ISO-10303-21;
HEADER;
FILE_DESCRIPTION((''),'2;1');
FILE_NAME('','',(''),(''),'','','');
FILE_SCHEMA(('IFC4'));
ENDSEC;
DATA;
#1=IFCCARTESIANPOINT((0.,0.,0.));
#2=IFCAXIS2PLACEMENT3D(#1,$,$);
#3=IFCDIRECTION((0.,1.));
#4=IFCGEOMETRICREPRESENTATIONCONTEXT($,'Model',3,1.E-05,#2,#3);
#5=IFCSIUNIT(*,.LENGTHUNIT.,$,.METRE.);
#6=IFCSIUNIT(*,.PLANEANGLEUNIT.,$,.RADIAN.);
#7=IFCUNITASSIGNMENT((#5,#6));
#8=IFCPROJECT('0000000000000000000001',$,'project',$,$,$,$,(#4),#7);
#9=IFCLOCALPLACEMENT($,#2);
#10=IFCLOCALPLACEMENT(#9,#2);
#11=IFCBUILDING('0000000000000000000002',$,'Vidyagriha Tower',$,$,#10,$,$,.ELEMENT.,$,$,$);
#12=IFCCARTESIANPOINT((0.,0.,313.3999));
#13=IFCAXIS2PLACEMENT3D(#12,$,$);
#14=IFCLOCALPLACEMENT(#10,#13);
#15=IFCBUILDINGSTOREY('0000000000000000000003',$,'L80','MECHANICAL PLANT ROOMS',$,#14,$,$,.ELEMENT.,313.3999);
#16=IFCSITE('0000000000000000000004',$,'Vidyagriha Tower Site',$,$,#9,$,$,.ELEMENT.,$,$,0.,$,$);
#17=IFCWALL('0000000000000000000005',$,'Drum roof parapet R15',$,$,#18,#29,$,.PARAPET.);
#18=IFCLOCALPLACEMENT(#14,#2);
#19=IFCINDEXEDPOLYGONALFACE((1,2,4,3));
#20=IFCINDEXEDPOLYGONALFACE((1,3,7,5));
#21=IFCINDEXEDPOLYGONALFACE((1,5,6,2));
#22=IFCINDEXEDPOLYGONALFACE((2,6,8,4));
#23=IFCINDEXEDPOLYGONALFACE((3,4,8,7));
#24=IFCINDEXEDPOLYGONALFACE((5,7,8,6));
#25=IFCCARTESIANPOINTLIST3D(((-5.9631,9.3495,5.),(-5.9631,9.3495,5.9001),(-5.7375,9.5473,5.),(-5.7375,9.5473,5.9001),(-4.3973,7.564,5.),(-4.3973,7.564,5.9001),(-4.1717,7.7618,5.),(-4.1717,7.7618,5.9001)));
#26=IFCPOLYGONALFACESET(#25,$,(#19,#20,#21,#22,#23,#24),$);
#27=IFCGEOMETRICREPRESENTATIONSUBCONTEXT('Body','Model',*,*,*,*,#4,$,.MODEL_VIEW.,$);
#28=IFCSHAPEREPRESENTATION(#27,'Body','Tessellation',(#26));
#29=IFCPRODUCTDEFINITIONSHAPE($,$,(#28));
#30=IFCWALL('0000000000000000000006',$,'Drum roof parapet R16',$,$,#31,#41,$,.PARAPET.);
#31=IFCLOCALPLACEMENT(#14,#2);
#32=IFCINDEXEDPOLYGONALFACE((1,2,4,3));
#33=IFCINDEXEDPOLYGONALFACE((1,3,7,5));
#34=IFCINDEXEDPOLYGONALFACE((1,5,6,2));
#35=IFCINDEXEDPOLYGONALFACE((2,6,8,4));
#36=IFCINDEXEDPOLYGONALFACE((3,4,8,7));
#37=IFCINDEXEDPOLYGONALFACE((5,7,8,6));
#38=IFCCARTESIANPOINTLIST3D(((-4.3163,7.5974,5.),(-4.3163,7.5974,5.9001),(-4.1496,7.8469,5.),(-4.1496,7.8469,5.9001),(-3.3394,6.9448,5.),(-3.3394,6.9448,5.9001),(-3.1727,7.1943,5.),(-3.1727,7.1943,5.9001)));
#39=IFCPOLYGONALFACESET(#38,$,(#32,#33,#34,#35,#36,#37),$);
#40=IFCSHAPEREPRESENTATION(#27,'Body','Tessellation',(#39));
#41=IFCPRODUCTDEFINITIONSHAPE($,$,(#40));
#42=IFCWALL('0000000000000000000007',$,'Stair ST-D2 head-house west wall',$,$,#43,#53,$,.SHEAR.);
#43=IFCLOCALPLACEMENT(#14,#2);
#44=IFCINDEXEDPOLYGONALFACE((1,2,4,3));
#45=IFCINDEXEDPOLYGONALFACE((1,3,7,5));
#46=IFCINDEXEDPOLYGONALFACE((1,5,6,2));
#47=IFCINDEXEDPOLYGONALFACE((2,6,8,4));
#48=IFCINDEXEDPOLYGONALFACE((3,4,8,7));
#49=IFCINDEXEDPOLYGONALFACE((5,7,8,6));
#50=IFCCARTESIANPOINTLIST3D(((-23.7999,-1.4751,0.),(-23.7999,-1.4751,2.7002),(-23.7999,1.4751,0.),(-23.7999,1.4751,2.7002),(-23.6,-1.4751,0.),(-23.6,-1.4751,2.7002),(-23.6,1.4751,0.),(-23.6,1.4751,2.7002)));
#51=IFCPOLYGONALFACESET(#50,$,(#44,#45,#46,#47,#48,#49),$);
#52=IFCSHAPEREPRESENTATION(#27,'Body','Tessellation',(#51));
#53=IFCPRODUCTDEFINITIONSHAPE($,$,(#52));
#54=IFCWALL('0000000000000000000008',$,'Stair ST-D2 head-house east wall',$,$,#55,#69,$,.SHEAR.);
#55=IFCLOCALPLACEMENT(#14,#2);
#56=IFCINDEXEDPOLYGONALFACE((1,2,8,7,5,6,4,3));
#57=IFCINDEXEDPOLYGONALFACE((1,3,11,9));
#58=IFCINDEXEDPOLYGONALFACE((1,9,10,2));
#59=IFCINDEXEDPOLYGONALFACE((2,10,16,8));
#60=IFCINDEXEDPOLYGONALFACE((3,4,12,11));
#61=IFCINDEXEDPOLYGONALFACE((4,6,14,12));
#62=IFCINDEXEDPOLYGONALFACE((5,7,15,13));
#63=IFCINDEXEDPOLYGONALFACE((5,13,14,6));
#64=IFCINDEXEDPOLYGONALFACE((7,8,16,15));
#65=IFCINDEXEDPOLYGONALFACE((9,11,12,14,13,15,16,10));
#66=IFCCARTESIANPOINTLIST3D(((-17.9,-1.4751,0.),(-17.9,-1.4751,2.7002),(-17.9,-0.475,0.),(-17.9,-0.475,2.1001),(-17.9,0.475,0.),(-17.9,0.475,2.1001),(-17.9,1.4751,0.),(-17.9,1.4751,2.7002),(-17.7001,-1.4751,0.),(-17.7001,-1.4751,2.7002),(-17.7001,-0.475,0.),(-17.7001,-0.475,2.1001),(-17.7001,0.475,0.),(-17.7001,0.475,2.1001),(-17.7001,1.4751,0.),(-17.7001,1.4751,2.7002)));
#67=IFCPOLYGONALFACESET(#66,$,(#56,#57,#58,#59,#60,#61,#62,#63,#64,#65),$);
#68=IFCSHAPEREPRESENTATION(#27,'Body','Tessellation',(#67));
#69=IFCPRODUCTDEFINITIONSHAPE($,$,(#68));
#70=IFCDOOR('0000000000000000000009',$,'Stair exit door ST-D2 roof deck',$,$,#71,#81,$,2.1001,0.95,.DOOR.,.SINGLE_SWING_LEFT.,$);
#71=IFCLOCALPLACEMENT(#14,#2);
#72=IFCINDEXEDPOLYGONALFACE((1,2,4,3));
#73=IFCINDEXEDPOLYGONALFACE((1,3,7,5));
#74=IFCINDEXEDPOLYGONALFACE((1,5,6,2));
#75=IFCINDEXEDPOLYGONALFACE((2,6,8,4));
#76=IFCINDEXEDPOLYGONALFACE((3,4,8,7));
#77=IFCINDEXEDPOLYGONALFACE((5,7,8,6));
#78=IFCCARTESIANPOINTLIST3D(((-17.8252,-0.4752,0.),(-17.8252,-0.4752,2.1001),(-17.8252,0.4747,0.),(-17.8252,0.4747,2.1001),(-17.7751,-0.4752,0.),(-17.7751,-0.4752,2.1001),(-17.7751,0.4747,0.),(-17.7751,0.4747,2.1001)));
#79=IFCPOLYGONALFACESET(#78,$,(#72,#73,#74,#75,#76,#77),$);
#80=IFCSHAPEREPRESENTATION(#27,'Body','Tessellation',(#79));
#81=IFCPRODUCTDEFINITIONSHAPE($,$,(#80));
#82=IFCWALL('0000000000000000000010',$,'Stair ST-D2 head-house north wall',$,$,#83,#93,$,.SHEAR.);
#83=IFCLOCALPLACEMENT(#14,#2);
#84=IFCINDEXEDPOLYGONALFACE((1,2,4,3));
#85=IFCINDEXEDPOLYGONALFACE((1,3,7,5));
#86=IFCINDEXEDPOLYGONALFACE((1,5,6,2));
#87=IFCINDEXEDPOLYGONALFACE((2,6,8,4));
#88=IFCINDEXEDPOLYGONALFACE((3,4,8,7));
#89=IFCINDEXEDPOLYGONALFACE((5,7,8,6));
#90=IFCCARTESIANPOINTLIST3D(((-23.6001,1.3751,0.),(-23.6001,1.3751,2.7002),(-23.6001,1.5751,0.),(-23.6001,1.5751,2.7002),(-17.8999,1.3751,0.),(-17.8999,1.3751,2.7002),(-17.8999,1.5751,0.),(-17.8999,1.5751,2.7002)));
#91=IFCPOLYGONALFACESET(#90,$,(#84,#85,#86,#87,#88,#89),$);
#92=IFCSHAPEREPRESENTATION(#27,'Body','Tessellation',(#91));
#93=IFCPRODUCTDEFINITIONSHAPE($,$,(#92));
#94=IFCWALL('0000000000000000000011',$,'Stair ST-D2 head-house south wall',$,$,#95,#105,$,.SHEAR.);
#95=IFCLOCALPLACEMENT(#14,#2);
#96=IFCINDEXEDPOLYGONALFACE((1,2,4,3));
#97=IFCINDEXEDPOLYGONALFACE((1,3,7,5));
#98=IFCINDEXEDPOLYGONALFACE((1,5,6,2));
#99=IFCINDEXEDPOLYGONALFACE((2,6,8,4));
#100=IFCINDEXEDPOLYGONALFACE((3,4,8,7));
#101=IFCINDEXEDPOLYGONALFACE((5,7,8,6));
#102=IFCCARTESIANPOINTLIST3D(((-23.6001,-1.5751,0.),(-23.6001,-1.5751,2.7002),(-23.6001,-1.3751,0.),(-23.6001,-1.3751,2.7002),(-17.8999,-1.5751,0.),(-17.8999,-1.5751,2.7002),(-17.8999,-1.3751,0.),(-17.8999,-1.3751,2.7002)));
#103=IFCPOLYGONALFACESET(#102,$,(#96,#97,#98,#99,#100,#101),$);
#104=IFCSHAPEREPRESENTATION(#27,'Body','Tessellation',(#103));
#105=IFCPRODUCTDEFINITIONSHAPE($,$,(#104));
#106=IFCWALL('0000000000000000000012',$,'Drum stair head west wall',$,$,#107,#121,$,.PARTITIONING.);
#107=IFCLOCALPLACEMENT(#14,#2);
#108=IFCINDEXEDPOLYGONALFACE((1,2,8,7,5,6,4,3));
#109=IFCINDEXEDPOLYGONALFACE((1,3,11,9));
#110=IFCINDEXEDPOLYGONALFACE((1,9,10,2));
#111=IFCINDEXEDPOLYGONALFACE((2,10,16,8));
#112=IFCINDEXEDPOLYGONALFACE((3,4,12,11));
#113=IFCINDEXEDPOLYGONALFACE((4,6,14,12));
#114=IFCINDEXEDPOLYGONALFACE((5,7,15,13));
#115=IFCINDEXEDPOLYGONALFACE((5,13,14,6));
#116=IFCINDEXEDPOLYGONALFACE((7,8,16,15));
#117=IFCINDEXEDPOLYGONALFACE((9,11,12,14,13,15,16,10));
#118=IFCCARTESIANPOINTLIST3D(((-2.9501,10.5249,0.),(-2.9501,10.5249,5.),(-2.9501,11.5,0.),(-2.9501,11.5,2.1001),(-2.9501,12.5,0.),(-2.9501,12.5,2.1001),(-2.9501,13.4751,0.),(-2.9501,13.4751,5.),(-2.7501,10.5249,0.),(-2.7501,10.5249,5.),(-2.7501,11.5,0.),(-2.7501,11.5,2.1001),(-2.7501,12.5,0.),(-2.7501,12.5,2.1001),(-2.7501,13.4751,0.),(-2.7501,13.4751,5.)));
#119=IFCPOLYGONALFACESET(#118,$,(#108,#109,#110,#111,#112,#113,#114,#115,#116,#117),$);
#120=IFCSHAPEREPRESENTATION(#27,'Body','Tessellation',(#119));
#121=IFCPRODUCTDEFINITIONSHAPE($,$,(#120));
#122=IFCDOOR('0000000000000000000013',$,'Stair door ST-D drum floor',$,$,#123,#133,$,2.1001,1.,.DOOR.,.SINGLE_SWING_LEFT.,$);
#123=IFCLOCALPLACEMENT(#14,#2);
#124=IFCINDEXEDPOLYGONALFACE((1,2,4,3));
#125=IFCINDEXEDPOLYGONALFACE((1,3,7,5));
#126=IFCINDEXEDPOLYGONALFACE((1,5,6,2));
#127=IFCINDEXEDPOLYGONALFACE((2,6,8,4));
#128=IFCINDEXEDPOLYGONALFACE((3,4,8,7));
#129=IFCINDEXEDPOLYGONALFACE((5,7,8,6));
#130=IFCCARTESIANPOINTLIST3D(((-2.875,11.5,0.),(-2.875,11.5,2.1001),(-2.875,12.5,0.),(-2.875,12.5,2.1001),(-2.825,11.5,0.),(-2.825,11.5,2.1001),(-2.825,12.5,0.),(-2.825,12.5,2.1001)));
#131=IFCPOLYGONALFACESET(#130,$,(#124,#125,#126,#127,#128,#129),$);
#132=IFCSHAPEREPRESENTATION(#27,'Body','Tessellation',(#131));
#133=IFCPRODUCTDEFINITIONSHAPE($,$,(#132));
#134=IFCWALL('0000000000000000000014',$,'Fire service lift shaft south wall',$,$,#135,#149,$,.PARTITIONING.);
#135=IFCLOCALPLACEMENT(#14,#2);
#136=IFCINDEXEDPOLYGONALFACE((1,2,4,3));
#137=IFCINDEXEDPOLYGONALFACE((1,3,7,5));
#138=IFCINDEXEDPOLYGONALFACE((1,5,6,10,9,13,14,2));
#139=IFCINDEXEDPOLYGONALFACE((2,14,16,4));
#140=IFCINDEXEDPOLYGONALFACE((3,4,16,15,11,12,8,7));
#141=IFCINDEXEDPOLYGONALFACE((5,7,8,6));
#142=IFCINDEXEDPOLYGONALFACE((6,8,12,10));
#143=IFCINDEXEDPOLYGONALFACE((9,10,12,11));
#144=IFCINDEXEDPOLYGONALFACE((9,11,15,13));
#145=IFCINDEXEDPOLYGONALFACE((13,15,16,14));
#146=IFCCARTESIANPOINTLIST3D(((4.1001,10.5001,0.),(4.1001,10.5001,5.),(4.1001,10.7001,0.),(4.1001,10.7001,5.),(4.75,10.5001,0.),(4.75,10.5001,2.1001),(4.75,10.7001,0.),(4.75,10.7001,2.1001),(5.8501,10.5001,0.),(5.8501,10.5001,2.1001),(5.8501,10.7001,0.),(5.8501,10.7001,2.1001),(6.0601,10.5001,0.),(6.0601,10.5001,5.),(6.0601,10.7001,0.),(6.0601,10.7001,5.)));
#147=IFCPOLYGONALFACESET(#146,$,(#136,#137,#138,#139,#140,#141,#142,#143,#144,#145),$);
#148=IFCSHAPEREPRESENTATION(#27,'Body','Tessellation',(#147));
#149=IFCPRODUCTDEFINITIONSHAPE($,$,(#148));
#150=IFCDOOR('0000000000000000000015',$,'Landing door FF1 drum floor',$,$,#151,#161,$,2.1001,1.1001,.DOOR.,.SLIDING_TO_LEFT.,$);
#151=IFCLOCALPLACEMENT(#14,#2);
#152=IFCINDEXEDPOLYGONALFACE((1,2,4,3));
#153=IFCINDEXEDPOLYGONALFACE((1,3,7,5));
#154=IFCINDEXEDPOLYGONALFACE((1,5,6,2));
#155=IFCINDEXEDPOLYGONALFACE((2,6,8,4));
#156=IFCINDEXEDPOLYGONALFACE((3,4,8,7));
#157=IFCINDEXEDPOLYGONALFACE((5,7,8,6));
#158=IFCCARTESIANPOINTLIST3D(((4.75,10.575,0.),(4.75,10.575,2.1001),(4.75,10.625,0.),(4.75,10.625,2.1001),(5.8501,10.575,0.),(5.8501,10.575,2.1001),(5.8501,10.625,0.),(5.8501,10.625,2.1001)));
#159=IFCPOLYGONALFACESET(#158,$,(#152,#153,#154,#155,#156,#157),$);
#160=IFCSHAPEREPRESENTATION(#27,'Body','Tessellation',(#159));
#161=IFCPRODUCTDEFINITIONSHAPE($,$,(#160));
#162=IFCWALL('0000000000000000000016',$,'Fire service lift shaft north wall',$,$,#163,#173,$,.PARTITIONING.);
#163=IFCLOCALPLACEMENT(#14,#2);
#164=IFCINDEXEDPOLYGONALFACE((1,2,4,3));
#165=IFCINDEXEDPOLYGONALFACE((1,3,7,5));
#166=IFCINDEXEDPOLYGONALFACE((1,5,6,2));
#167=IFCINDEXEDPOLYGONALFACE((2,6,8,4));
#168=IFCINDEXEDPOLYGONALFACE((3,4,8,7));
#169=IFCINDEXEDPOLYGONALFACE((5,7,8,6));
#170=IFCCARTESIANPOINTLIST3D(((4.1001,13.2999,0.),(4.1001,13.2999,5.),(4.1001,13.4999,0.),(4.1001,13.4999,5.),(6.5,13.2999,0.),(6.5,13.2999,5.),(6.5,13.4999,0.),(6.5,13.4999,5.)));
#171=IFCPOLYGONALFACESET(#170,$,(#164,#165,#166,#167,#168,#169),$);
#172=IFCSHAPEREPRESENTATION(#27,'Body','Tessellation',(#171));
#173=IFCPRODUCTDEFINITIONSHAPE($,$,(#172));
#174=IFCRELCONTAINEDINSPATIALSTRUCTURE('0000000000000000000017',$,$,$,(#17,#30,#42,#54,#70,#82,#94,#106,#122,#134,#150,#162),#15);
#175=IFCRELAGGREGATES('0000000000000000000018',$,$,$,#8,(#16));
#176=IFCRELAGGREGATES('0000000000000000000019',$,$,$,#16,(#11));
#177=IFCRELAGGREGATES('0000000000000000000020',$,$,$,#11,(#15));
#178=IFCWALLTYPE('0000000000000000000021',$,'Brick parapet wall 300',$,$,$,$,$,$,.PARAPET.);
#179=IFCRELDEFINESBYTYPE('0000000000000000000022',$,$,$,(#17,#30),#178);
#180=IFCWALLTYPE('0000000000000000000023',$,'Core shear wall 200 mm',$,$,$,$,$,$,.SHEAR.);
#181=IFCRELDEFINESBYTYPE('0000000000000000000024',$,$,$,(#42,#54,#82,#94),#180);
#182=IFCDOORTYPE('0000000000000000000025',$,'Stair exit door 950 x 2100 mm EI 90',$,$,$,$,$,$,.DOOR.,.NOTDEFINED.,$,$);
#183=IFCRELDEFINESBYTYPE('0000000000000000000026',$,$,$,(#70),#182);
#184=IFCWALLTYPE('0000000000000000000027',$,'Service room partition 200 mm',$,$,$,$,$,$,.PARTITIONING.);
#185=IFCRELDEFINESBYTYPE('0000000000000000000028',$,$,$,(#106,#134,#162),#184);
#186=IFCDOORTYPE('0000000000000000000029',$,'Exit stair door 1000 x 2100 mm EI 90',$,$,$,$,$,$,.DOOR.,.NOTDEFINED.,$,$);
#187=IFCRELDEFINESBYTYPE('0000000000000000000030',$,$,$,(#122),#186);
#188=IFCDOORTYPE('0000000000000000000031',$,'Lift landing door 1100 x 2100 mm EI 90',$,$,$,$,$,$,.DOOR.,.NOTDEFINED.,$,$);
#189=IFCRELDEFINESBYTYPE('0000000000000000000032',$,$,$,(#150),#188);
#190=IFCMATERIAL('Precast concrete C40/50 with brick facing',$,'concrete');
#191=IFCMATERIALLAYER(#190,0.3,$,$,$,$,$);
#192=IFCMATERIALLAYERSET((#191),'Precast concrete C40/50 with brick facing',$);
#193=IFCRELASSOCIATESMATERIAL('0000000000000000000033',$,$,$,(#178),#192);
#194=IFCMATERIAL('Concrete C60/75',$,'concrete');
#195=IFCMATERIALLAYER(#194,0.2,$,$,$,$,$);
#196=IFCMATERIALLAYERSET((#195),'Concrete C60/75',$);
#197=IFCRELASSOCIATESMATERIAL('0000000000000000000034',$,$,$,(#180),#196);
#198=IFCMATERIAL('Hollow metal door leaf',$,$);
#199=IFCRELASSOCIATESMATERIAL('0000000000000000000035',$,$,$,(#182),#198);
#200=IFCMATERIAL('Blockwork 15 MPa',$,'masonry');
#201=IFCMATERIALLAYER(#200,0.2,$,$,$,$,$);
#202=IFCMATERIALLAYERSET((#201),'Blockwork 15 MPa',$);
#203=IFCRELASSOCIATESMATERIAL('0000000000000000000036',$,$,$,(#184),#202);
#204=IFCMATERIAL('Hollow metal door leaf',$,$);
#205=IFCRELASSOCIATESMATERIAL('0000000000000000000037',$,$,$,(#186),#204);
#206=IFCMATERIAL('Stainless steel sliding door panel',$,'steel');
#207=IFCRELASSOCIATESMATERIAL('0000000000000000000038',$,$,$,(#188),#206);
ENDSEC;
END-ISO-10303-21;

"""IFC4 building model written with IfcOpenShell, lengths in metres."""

from ifc_helpers import new_model, si_unit, direction, frame, frame_2d, origin, place, context, subcontext, project, spatial, rectangle, extrude, material, layer, layer_set, type_object, element, fill, save


model = new_model("IFC4")

# Units and contexts
model_context = context("Model", 3, precision=1e-05, world=origin(), true_north=direction((0.0, 1.0)))
body_context = subcontext(model_context, "Body", "Model", "MODEL_VIEW")
ifc_project = project(units=[si_unit("LENGTHUNIT", "METRE"), si_unit("PLANEANGLEUNIT", "RADIAN")], contexts=[model_context])

# Site, building, storey
site_placement = place(None, origin())
site = spatial("IfcSite", under=ifc_project, at=site_placement, Name="Vidyagriha Tower Site", CompositionType="ELEMENT", RefElevation=0.0)
building_placement = place(site_placement, origin())
building = spatial("IfcBuilding", under=site, at=building_placement, Name="Vidyagriha Tower", CompositionType="ELEMENT")
storey_placement = place(building_placement, frame((0.0, 0.0, 313.3999)))
storey = spatial("IfcBuildingStorey", under=building, at=storey_placement, Name="L80", Description="MECHANICAL PLANT ROOMS", CompositionType="ELEMENT", Elevation=313.3999)

# Walls
ifc_material_1 = material(Name="Precast concrete C40/50 with brick facing", Category="concrete")
ifc_layer_1 = layer(ifc_material_1, 0.3)
ifc_layer_set_1 = layer_set([ifc_layer_1], Name="Precast concrete C40/50 with brick facing")
wall_type_1 = type_object("IfcWallType", Name="Brick parapet wall 300", PredefinedType="PARAPET", material=ifc_layer_set_1)
wall_1_placement = place(storey_placement, frame((-5.8503, 9.4485, 5.0), z_axis=(0.0, 0.0, 1.0), x_axis=(0.659327, -0.751857, 0.0)))
element("IfcWall", 1, at=wall_1_placement, inside=storey, type_object=wall_type_1, Name="Drum roof parapet R15", PredefinedType="PARAPET", context=body_context, shape_type="SweptSolid", body=[
    extrude(rectangle(XDim=2.3748, YDim=0.3, at=frame_2d((1.1875, 0.0))), origin(), (0.0, 0.0, 1.0), 0.9001),
])
wall_2_placement = place(storey_placement, frame((-4.2329, 7.7222, 5.0), z_axis=(0.0, 0.0, 1.0), x_axis=(0.831506, -0.555515, 0.0)))
element("IfcWall", 2, at=wall_2_placement, inside=storey, type_object=wall_type_1, Name="Drum roof parapet R16", PredefinedType="PARAPET", context=body_context, shape_type="SweptSolid", body=[
    extrude(rectangle(XDim=1.1748, YDim=0.3, at=frame_2d((0.5874, 0.0))), origin(), (0.0, 0.0, 1.0), 0.9001),
])
ifc_material_2 = material(Name="Concrete C60/75", Category="concrete")
ifc_layer_2 = layer(ifc_material_2, 0.2)
ifc_layer_set_2 = layer_set([ifc_layer_2], Name="Concrete C60/75")
wall_type_2 = type_object("IfcWallType", Name="Core shear wall 200 mm", PredefinedType="SHEAR", material=ifc_layer_set_2)
wall_3_placement = place(storey_placement, frame((-23.7, -1.4751, 0.0), z_axis=(0.0, 0.0, 1.0), x_axis=(0.0, 1.0, 0.0)))
element("IfcWall", 3, at=wall_3_placement, inside=storey, type_object=wall_type_2, Name="Stair ST-D2 head-house west wall", PredefinedType="SHEAR", context=body_context, shape_type="SweptSolid", body=[
    extrude(rectangle(XDim=2.9502, YDim=0.2, at=frame_2d((1.4751, 0.0))), origin(), (0.0, 0.0, 1.0), 2.7002),
])

# Wall, opening, door
wall_4_placement = place(storey_placement, frame((-17.8, -1.4751, 0.0), z_axis=(0.0, 0.0, 1.0), x_axis=(0.0, 1.0, 0.0)))
wall_4 = element("IfcWall", 4, at=wall_4_placement, inside=storey, type_object=wall_type_2, Name="Stair ST-D2 head-house east wall", PredefinedType="SHEAR", context=body_context, shape_type="SweptSolid", body=[
    extrude(rectangle(XDim=2.9502, YDim=0.2, at=frame_2d((1.4751, 0.0))), origin(), (0.0, 0.0, 1.0), 2.7002),
])
opening_1_placement = place(wall_4_placement, frame((1.0, 0.0, 0.0)))
opening_1 = element("IfcOpeningElement", 5, at=opening_1_placement, cuts=wall_4, PredefinedType="OPENING", context=body_context, shape_type="SweptSolid", body=[
    extrude(rectangle(XDim=0.95, YDim=2.1001, at=frame_2d((0.4751, 1.05))), frame((0.0, 0.1099, 0.0), z_axis=(0.0, -1.0, 0.0), x_axis=(1.0, 0.0, 0.0)), (0.0, 0.0, 1.0), 0.22),
])
ifc_material_3 = material(Name="Hollow metal door leaf")
door_type_1 = type_object("IfcDoorType", Name="Stair exit door 950 x 2100 mm EI 90", OperationType="NOTDEFINED", PredefinedType="DOOR", material=ifc_material_3)
door_1_placement = place(opening_1_placement, frame((0.95, 0.0, 0.0), z_axis=(0.0, 0.0, 1.0), x_axis=(-1.0, 0.0, 0.0)))
door_1 = element("IfcDoor", 6, at=door_1_placement, inside=storey, type_object=door_type_1, Name="Stair exit door ST-D2 roof deck", OperationType="SINGLE_SWING_LEFT", OverallHeight=2.1001, OverallWidth=0.95, PredefinedType="DOOR", context=body_context, shape_type="SweptSolid", body=[
    extrude(rectangle(XDim=0.95, YDim=2.1001, at=frame_2d((0.4751, 1.05))), frame((0.0, 0.0249, 0.0), z_axis=(0.0, -1.0, 0.0), x_axis=(1.0, 0.0, 0.0)), (0.0, 0.0, 1.0), 0.05),
])
fill(opening_1, door_1)

# Walls
for number, where, name in (
    (7, (-23.6001, 1.4751, 0.0), "Stair ST-D2 head-house north wall"),
    (8, (-23.6001, -1.4751, 0.0), "Stair ST-D2 head-house south wall"),
):
    element("IfcWall", number, at=place(storey_placement, frame(where)), inside=storey, type_object=wall_type_2, Name=name, PredefinedType="SHEAR", context=body_context, shape_type="SweptSolid", body=[
        extrude(rectangle(XDim=5.7002, YDim=0.2, at=frame_2d((2.8501, 0.0))), origin(), (0.0, 0.0, 1.0), 2.7002),
    ])

# Walls, openings, doors
ifc_material_4 = material(Name="Blockwork 15 MPa", Category="masonry")
ifc_layer_3 = layer(ifc_material_4, 0.2)
ifc_layer_set_3 = layer_set([ifc_layer_3], Name="Blockwork 15 MPa")
wall_type_3 = type_object("IfcWallType", Name="Service room partition 200 mm", PredefinedType="PARTITIONING", material=ifc_layer_set_3)
wall_5_placement = place(storey_placement, frame((-2.8501, 10.5249, 0.0), z_axis=(0.0, 0.0, 1.0), x_axis=(0.0, 1.0, 0.0)))
wall_5 = element("IfcWall", 9, at=wall_5_placement, inside=storey, type_object=wall_type_3, Name="Drum stair head west wall", PredefinedType="PARTITIONING", context=body_context, shape_type="SweptSolid", body=[
    extrude(rectangle(XDim=2.9502, YDim=0.2, at=frame_2d((1.4751, 0.0))), origin(), (0.0, 0.0, 1.0), 5.0),
])
opening_2_placement = place(wall_5_placement, frame((0.9751, 0.0, 0.0)))
opening_2 = element("IfcOpeningElement", 10, at=opening_2_placement, cuts=wall_5, PredefinedType="OPENING", context=body_context, shape_type="SweptSolid", body=[
    extrude(rectangle(XDim=1.0, YDim=2.1001, at=frame_2d((0.5, 1.05))), frame((0.0, 0.1099, 0.0), z_axis=(0.0, -1.0, 0.0), x_axis=(1.0, 0.0, 0.0)), (0.0, 0.0, 1.0), 0.22),
])
ifc_material_5 = material(Name="Hollow metal door leaf")
door_type_2 = type_object("IfcDoorType", Name="Exit stair door 1000 x 2100 mm EI 90", OperationType="NOTDEFINED", PredefinedType="DOOR", material=ifc_material_5)
door_2_placement = place(opening_2_placement, origin())
door_2 = element("IfcDoor", 11, at=door_2_placement, inside=storey, type_object=door_type_2, Name="Stair door ST-D drum floor", OperationType="SINGLE_SWING_LEFT", OverallHeight=2.1001, OverallWidth=1.0, PredefinedType="DOOR", context=body_context, shape_type="SweptSolid", body=[
    extrude(rectangle(XDim=1.0, YDim=2.1001, at=frame_2d((0.5, 1.05))), frame((0.0, 0.0249, 0.0), z_axis=(0.0, -1.0, 0.0), x_axis=(1.0, 0.0, 0.0)), (0.0, 0.0, 1.0), 0.05),
])
fill(opening_2, door_2)
wall_6_placement = place(storey_placement, frame((4.1001, 10.6001, 0.0)))
wall_6 = element("IfcWall", 12, at=wall_6_placement, inside=storey, type_object=wall_type_3, Name="Fire service lift shaft south wall", PredefinedType="PARTITIONING", context=body_context, shape_type="SweptSolid", body=[
    extrude(rectangle(XDim=1.96, YDim=0.2, at=frame_2d((0.98, 0.0))), origin(), (0.0, 0.0, 1.0), 5.0),
])
opening_3_placement = place(wall_6_placement, frame((0.6499, 0.0, 0.0)))
opening_3 = element("IfcOpeningElement", 13, at=opening_3_placement, cuts=wall_6, PredefinedType="OPENING", context=body_context, shape_type="SweptSolid", body=[
    extrude(rectangle(XDim=1.1001, YDim=2.1001, at=frame_2d((0.55, 1.05))), frame((0.0, 0.1099, 0.0), z_axis=(0.0, -1.0, 0.0), x_axis=(1.0, 0.0, 0.0)), (0.0, 0.0, 1.0), 0.22),
])
ifc_material_6 = material(Name="Stainless steel sliding door panel", Category="steel")
door_type_3 = type_object("IfcDoorType", Name="Lift landing door 1100 x 2100 mm EI 90", OperationType="NOTDEFINED", PredefinedType="DOOR", material=ifc_material_6)
door_3_placement = place(opening_3_placement, origin())
door_3 = element("IfcDoor", 14, at=door_3_placement, inside=storey, type_object=door_type_3, Name="Landing door FF1 drum floor", OperationType="SLIDING_TO_LEFT", OverallHeight=2.1001, OverallWidth=1.1001, PredefinedType="DOOR", context=body_context, shape_type="SweptSolid", body=[
    extrude(rectangle(XDim=1.1001, YDim=2.1001, at=frame_2d((0.55, 1.05))), frame((0.0, 0.0249, 0.0), z_axis=(0.0, -1.0, 0.0), x_axis=(1.0, 0.0, 0.0)), (0.0, 0.0, 1.0), 0.05),
])
fill(opening_3, door_3)

# Wall
wall_7_placement = place(storey_placement, frame((4.1001, 13.3999, 0.0)))
element("IfcWall", 15, at=wall_7_placement, inside=storey, type_object=wall_type_3, Name="Fire service lift shaft north wall", PredefinedType="PARTITIONING", context=body_context, shape_type="SweptSolid", body=[
    extrude(rectangle(XDim=2.3999, YDim=0.2, at=frame_2d((1.2, 0.0))), origin(), (0.0, 0.0, 1.0), 5.0),
])

save(model, "model.ifc")
